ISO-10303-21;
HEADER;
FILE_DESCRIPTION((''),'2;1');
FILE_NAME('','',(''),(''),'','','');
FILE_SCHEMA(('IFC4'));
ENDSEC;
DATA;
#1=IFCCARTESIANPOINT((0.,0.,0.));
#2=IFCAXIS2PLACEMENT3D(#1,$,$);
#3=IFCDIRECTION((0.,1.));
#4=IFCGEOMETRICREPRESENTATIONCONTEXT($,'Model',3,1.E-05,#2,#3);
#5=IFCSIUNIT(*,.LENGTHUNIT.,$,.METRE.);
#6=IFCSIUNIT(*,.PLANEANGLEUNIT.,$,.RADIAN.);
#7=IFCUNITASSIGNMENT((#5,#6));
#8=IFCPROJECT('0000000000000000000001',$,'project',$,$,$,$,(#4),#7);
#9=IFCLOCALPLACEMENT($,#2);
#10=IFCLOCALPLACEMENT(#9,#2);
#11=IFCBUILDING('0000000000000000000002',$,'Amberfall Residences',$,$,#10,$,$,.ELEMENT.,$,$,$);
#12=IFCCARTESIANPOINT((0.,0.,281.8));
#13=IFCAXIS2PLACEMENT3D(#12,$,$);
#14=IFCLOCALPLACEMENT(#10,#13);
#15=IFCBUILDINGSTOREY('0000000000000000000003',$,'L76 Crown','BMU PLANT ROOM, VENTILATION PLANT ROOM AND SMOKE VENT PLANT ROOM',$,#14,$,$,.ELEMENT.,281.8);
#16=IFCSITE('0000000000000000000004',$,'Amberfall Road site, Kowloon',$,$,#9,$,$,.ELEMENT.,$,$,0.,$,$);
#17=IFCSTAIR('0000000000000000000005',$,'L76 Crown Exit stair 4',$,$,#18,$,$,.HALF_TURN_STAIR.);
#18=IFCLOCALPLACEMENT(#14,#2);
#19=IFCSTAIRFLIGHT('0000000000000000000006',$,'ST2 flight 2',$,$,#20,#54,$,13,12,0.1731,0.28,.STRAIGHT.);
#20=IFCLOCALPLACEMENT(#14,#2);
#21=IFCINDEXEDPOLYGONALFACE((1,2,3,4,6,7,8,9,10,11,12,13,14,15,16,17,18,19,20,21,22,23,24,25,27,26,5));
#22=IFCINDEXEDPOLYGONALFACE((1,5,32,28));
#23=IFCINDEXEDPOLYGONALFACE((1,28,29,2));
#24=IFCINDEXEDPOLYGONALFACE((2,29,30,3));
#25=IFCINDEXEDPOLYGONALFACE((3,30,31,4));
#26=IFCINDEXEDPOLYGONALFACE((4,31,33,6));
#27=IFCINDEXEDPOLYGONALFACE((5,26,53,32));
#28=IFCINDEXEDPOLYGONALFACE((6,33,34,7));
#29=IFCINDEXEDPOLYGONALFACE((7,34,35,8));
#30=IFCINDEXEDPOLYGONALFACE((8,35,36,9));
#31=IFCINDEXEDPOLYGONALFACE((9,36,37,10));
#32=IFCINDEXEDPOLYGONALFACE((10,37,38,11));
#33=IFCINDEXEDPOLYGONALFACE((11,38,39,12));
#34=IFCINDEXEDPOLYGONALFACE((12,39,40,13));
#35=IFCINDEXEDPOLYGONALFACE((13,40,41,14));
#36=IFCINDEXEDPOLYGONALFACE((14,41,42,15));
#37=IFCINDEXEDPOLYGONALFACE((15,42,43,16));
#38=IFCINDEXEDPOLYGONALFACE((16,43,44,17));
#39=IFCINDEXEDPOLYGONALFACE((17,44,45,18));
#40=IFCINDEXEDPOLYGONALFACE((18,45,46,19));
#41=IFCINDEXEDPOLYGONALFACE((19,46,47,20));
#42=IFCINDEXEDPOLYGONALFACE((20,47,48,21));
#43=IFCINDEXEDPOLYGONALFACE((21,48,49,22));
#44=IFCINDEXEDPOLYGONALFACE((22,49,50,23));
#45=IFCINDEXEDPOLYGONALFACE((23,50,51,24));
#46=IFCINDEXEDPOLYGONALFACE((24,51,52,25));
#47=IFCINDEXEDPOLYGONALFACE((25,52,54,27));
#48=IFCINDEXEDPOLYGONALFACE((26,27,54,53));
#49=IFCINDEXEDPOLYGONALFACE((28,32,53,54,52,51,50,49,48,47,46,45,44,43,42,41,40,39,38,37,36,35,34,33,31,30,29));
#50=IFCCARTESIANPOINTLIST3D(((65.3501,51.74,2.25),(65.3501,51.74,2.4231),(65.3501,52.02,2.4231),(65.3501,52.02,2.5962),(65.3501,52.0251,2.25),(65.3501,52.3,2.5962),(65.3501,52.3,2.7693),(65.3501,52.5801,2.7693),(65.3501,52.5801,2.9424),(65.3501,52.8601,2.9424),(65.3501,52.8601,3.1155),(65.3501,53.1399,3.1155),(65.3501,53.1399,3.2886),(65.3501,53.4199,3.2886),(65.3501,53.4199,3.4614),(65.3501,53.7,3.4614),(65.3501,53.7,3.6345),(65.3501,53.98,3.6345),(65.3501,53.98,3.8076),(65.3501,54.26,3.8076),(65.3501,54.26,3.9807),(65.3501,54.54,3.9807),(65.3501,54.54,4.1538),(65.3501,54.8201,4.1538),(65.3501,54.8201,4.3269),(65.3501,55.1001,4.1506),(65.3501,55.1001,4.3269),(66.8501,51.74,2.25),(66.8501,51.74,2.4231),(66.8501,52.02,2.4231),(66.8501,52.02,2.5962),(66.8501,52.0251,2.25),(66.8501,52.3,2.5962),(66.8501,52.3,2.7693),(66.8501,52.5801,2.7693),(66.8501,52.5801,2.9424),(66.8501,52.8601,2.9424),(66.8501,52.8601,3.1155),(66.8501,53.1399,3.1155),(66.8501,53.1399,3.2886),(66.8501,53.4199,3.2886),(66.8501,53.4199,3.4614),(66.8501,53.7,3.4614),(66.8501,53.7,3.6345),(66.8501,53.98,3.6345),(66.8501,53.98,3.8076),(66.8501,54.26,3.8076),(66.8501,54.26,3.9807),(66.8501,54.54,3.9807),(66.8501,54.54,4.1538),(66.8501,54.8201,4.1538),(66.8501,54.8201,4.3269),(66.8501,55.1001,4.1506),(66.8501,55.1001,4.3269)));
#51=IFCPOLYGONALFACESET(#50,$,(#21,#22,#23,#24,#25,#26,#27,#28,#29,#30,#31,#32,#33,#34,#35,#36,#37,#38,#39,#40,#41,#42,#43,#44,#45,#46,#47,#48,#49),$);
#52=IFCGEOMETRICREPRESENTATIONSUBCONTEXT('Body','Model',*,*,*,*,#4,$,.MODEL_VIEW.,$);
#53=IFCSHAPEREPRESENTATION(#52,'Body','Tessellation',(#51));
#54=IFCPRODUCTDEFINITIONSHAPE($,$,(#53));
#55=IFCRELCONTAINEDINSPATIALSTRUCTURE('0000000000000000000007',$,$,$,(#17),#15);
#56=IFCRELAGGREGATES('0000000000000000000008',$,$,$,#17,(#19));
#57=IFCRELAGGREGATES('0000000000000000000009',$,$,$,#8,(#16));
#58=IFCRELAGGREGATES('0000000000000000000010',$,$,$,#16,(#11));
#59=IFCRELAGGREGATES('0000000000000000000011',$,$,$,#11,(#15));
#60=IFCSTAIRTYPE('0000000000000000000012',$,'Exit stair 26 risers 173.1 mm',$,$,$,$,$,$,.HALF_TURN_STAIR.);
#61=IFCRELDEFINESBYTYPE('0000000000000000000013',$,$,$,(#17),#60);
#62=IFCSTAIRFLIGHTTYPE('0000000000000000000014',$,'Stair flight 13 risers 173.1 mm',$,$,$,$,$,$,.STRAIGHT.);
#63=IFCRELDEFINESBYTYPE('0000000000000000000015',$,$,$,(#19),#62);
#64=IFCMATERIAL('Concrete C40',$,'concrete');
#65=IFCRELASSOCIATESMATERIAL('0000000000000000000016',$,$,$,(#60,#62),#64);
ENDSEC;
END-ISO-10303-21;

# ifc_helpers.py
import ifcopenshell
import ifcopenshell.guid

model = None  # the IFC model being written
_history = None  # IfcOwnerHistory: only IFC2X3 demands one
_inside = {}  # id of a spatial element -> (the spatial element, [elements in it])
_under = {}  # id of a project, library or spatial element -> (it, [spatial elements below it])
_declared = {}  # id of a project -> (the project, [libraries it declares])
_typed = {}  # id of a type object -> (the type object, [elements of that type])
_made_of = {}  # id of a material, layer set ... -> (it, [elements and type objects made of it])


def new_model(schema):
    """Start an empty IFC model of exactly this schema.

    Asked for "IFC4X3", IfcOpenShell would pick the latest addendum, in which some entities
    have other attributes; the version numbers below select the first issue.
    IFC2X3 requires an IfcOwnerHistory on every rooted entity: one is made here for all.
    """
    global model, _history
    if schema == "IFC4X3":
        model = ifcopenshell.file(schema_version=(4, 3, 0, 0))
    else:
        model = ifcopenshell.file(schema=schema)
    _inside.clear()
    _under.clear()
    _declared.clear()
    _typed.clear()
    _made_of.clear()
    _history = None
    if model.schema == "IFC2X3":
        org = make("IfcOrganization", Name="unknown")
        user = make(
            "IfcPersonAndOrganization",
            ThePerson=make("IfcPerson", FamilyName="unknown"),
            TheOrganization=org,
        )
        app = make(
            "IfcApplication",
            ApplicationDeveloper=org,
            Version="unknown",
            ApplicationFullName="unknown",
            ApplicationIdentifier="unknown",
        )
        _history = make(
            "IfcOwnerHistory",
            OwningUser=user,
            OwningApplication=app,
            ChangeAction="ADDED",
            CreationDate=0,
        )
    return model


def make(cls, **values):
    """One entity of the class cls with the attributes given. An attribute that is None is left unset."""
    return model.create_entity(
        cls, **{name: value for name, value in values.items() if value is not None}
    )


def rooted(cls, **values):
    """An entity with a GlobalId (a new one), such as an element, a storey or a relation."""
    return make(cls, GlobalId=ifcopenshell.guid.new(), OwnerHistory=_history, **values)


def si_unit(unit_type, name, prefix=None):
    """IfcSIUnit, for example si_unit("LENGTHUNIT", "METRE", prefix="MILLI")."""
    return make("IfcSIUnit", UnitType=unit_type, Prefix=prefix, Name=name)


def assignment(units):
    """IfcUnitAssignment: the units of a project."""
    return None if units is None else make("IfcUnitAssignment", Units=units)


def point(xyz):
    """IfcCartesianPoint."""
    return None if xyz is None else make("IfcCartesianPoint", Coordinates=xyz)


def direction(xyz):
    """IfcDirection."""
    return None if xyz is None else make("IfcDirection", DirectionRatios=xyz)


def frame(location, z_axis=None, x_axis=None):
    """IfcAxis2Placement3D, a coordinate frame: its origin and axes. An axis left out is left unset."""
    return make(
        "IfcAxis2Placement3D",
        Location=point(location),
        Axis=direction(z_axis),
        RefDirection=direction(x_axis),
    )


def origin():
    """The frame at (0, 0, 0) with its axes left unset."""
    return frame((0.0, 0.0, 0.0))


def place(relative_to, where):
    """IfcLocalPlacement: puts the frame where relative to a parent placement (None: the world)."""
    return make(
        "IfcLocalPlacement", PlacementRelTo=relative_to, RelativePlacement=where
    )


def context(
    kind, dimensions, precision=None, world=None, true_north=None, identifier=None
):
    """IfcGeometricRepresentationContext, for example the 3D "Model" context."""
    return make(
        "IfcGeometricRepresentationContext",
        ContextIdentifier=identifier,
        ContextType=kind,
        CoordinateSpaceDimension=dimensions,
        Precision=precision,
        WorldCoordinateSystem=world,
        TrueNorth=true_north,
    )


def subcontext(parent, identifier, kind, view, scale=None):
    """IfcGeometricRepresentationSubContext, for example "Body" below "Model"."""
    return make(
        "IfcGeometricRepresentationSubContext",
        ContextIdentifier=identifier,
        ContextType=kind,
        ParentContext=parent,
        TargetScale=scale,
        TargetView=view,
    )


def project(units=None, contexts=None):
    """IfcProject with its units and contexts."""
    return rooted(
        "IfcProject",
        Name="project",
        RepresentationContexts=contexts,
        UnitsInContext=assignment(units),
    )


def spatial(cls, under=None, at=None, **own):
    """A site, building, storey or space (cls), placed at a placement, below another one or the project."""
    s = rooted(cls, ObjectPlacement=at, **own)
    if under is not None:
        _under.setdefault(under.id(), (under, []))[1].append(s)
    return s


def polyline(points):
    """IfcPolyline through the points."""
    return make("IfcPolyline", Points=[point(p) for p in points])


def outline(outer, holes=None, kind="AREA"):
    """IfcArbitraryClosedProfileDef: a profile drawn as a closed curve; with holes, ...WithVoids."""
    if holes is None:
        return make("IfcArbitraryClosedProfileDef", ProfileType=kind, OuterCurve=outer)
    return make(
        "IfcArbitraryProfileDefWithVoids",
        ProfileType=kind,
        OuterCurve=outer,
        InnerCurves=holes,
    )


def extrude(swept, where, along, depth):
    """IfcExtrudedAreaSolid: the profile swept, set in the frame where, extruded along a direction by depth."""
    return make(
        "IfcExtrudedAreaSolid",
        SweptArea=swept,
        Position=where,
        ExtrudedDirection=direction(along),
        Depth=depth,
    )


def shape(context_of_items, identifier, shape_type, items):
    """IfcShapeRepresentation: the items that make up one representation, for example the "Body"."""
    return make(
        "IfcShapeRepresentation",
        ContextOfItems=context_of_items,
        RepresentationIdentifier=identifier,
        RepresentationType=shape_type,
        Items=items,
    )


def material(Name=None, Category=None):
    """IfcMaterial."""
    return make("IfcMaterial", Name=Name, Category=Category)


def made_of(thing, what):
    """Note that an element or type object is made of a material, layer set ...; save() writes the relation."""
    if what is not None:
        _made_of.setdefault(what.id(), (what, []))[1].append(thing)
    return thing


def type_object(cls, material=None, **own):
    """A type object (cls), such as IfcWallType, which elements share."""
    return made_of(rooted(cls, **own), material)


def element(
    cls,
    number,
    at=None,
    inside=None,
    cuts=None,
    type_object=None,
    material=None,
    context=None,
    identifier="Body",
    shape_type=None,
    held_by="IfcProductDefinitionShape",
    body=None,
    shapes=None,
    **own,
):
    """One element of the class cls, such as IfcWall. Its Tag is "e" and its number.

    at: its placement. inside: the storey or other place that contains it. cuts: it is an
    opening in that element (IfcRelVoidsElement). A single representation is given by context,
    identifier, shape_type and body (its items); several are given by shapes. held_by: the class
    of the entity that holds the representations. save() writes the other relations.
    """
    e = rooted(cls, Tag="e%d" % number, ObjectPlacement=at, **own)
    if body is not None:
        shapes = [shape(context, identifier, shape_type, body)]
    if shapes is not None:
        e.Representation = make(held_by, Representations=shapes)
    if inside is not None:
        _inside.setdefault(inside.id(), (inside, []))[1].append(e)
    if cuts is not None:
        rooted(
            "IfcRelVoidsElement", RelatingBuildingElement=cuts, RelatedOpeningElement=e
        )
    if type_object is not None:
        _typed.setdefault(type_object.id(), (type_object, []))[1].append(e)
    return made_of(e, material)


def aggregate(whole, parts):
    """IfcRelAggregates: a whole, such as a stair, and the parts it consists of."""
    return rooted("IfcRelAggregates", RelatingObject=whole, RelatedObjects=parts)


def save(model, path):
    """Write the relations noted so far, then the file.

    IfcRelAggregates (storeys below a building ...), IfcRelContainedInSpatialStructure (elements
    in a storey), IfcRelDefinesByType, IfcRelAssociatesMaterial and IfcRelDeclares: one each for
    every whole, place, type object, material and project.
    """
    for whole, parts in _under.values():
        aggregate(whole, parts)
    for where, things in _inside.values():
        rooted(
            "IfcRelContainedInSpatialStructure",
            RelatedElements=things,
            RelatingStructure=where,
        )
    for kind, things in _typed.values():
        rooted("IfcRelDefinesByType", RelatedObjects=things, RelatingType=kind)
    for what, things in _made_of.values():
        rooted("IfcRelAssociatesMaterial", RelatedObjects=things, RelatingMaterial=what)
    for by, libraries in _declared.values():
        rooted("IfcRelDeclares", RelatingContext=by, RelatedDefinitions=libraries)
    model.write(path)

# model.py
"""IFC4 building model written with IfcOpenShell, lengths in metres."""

from ifc_helpers import new_model, si_unit, direction, frame, origin, place, context, subcontext, project, spatial, polyline, outline, extrude, material, type_object, element, aggregate, save


model = new_model("IFC4")

# Units and contexts
model_context = context("Model", 3, precision=1e-05, world=origin(), true_north=direction((0.0, 1.0)))
body_context = subcontext(model_context, "Body", "Model", "MODEL_VIEW")
ifc_project = project(units=[si_unit("LENGTHUNIT", "METRE"), si_unit("PLANEANGLEUNIT", "RADIAN")], contexts=[model_context])

# Site, building, storey
site_placement = place(None, origin())
site = spatial("IfcSite", under=ifc_project, at=site_placement, Name="Amberfall Road site, Kowloon", CompositionType="ELEMENT", RefElevation=0.0)
building_placement = place(site_placement, origin())
building = spatial("IfcBuilding", under=site, at=building_placement, Name="Amberfall Residences", CompositionType="ELEMENT")
storey_placement = place(building_placement, frame((0.0, 0.0, 281.8)))
storey = spatial("IfcBuildingStorey", under=building, at=storey_placement, Name="L76 Crown", Description="BMU PLANT ROOM, VENTILATION PLANT ROOM AND SMOKE VENT PLANT ROOM", CompositionType="ELEMENT", Elevation=281.8)

# Stair, stair flight
ifc_material_1 = material(Name="Concrete C40", Category="concrete")
stair_type = type_object("IfcStairType", Name="Exit stair 26 risers 173.1 mm", PredefinedType="HALF_TURN_STAIR", material=ifc_material_1)
stair_placement = place(storey_placement, origin())
stair = element("IfcStair", 1, at=stair_placement, inside=storey, type_object=stair_type, Name="L76 Crown Exit stair 4", PredefinedType="HALF_TURN_STAIR")
stair_flight_type = type_object("IfcStairFlightType", Name="Stair flight 13 risers 173.1 mm", PredefinedType="STRAIGHT", material=ifc_material_1)
stair_flight_1_placement = place(storey_placement, frame((66.1001, 51.74, 2.25), z_axis=(0.0, 0.0, 1.0), x_axis=(0.0, 1.0, 0.0)))
stair_flight_1 = element("IfcStairFlight", 2, at=stair_flight_1_placement, type_object=stair_flight_type, Name="ST2 flight 2", NumberOfRisers=13, NumberOfTreads=12, PredefinedType="STRAIGHT", RiserHeight=0.1731, TreadLength=0.28, context=body_context, shape_type="SweptSolid", body=[
    extrude(outline(polyline([(0.0, 0.0), (0.0, 0.1731), (0.28, 0.1731), (0.28, 0.3462), (0.5601, 0.3462), (0.5601, 0.5193), (0.8401, 0.5193), (0.8401, 0.6924), (1.1201, 0.6924), (1.1201, 0.8655), (1.3999, 0.8655), (1.3999, 1.0386), (1.6799, 1.0386), (1.6799, 1.2114), (1.96, 1.2114), (1.96, 1.3845), (2.24, 1.3845), (2.24, 1.5576), (2.52, 1.5576), (2.52, 1.7307), (2.8, 1.7307), (2.8, 1.9038), (3.0801, 1.9038), (3.0801, 2.0769), (3.3601, 2.0769), (3.3601, 2.25), (3.3601, 1.9006), (0.2852, 0.0), (0.0, 0.0)])), frame((0.0, 0.75, 0.0), z_axis=(0.0, -1.0, 0.0), x_axis=(1.0, 0.0, 0.0)), (0.0, 0.0, 1.0), 1.5),
])
aggregate(stair, [stair_flight_1])

save(model, "model.ifc")
